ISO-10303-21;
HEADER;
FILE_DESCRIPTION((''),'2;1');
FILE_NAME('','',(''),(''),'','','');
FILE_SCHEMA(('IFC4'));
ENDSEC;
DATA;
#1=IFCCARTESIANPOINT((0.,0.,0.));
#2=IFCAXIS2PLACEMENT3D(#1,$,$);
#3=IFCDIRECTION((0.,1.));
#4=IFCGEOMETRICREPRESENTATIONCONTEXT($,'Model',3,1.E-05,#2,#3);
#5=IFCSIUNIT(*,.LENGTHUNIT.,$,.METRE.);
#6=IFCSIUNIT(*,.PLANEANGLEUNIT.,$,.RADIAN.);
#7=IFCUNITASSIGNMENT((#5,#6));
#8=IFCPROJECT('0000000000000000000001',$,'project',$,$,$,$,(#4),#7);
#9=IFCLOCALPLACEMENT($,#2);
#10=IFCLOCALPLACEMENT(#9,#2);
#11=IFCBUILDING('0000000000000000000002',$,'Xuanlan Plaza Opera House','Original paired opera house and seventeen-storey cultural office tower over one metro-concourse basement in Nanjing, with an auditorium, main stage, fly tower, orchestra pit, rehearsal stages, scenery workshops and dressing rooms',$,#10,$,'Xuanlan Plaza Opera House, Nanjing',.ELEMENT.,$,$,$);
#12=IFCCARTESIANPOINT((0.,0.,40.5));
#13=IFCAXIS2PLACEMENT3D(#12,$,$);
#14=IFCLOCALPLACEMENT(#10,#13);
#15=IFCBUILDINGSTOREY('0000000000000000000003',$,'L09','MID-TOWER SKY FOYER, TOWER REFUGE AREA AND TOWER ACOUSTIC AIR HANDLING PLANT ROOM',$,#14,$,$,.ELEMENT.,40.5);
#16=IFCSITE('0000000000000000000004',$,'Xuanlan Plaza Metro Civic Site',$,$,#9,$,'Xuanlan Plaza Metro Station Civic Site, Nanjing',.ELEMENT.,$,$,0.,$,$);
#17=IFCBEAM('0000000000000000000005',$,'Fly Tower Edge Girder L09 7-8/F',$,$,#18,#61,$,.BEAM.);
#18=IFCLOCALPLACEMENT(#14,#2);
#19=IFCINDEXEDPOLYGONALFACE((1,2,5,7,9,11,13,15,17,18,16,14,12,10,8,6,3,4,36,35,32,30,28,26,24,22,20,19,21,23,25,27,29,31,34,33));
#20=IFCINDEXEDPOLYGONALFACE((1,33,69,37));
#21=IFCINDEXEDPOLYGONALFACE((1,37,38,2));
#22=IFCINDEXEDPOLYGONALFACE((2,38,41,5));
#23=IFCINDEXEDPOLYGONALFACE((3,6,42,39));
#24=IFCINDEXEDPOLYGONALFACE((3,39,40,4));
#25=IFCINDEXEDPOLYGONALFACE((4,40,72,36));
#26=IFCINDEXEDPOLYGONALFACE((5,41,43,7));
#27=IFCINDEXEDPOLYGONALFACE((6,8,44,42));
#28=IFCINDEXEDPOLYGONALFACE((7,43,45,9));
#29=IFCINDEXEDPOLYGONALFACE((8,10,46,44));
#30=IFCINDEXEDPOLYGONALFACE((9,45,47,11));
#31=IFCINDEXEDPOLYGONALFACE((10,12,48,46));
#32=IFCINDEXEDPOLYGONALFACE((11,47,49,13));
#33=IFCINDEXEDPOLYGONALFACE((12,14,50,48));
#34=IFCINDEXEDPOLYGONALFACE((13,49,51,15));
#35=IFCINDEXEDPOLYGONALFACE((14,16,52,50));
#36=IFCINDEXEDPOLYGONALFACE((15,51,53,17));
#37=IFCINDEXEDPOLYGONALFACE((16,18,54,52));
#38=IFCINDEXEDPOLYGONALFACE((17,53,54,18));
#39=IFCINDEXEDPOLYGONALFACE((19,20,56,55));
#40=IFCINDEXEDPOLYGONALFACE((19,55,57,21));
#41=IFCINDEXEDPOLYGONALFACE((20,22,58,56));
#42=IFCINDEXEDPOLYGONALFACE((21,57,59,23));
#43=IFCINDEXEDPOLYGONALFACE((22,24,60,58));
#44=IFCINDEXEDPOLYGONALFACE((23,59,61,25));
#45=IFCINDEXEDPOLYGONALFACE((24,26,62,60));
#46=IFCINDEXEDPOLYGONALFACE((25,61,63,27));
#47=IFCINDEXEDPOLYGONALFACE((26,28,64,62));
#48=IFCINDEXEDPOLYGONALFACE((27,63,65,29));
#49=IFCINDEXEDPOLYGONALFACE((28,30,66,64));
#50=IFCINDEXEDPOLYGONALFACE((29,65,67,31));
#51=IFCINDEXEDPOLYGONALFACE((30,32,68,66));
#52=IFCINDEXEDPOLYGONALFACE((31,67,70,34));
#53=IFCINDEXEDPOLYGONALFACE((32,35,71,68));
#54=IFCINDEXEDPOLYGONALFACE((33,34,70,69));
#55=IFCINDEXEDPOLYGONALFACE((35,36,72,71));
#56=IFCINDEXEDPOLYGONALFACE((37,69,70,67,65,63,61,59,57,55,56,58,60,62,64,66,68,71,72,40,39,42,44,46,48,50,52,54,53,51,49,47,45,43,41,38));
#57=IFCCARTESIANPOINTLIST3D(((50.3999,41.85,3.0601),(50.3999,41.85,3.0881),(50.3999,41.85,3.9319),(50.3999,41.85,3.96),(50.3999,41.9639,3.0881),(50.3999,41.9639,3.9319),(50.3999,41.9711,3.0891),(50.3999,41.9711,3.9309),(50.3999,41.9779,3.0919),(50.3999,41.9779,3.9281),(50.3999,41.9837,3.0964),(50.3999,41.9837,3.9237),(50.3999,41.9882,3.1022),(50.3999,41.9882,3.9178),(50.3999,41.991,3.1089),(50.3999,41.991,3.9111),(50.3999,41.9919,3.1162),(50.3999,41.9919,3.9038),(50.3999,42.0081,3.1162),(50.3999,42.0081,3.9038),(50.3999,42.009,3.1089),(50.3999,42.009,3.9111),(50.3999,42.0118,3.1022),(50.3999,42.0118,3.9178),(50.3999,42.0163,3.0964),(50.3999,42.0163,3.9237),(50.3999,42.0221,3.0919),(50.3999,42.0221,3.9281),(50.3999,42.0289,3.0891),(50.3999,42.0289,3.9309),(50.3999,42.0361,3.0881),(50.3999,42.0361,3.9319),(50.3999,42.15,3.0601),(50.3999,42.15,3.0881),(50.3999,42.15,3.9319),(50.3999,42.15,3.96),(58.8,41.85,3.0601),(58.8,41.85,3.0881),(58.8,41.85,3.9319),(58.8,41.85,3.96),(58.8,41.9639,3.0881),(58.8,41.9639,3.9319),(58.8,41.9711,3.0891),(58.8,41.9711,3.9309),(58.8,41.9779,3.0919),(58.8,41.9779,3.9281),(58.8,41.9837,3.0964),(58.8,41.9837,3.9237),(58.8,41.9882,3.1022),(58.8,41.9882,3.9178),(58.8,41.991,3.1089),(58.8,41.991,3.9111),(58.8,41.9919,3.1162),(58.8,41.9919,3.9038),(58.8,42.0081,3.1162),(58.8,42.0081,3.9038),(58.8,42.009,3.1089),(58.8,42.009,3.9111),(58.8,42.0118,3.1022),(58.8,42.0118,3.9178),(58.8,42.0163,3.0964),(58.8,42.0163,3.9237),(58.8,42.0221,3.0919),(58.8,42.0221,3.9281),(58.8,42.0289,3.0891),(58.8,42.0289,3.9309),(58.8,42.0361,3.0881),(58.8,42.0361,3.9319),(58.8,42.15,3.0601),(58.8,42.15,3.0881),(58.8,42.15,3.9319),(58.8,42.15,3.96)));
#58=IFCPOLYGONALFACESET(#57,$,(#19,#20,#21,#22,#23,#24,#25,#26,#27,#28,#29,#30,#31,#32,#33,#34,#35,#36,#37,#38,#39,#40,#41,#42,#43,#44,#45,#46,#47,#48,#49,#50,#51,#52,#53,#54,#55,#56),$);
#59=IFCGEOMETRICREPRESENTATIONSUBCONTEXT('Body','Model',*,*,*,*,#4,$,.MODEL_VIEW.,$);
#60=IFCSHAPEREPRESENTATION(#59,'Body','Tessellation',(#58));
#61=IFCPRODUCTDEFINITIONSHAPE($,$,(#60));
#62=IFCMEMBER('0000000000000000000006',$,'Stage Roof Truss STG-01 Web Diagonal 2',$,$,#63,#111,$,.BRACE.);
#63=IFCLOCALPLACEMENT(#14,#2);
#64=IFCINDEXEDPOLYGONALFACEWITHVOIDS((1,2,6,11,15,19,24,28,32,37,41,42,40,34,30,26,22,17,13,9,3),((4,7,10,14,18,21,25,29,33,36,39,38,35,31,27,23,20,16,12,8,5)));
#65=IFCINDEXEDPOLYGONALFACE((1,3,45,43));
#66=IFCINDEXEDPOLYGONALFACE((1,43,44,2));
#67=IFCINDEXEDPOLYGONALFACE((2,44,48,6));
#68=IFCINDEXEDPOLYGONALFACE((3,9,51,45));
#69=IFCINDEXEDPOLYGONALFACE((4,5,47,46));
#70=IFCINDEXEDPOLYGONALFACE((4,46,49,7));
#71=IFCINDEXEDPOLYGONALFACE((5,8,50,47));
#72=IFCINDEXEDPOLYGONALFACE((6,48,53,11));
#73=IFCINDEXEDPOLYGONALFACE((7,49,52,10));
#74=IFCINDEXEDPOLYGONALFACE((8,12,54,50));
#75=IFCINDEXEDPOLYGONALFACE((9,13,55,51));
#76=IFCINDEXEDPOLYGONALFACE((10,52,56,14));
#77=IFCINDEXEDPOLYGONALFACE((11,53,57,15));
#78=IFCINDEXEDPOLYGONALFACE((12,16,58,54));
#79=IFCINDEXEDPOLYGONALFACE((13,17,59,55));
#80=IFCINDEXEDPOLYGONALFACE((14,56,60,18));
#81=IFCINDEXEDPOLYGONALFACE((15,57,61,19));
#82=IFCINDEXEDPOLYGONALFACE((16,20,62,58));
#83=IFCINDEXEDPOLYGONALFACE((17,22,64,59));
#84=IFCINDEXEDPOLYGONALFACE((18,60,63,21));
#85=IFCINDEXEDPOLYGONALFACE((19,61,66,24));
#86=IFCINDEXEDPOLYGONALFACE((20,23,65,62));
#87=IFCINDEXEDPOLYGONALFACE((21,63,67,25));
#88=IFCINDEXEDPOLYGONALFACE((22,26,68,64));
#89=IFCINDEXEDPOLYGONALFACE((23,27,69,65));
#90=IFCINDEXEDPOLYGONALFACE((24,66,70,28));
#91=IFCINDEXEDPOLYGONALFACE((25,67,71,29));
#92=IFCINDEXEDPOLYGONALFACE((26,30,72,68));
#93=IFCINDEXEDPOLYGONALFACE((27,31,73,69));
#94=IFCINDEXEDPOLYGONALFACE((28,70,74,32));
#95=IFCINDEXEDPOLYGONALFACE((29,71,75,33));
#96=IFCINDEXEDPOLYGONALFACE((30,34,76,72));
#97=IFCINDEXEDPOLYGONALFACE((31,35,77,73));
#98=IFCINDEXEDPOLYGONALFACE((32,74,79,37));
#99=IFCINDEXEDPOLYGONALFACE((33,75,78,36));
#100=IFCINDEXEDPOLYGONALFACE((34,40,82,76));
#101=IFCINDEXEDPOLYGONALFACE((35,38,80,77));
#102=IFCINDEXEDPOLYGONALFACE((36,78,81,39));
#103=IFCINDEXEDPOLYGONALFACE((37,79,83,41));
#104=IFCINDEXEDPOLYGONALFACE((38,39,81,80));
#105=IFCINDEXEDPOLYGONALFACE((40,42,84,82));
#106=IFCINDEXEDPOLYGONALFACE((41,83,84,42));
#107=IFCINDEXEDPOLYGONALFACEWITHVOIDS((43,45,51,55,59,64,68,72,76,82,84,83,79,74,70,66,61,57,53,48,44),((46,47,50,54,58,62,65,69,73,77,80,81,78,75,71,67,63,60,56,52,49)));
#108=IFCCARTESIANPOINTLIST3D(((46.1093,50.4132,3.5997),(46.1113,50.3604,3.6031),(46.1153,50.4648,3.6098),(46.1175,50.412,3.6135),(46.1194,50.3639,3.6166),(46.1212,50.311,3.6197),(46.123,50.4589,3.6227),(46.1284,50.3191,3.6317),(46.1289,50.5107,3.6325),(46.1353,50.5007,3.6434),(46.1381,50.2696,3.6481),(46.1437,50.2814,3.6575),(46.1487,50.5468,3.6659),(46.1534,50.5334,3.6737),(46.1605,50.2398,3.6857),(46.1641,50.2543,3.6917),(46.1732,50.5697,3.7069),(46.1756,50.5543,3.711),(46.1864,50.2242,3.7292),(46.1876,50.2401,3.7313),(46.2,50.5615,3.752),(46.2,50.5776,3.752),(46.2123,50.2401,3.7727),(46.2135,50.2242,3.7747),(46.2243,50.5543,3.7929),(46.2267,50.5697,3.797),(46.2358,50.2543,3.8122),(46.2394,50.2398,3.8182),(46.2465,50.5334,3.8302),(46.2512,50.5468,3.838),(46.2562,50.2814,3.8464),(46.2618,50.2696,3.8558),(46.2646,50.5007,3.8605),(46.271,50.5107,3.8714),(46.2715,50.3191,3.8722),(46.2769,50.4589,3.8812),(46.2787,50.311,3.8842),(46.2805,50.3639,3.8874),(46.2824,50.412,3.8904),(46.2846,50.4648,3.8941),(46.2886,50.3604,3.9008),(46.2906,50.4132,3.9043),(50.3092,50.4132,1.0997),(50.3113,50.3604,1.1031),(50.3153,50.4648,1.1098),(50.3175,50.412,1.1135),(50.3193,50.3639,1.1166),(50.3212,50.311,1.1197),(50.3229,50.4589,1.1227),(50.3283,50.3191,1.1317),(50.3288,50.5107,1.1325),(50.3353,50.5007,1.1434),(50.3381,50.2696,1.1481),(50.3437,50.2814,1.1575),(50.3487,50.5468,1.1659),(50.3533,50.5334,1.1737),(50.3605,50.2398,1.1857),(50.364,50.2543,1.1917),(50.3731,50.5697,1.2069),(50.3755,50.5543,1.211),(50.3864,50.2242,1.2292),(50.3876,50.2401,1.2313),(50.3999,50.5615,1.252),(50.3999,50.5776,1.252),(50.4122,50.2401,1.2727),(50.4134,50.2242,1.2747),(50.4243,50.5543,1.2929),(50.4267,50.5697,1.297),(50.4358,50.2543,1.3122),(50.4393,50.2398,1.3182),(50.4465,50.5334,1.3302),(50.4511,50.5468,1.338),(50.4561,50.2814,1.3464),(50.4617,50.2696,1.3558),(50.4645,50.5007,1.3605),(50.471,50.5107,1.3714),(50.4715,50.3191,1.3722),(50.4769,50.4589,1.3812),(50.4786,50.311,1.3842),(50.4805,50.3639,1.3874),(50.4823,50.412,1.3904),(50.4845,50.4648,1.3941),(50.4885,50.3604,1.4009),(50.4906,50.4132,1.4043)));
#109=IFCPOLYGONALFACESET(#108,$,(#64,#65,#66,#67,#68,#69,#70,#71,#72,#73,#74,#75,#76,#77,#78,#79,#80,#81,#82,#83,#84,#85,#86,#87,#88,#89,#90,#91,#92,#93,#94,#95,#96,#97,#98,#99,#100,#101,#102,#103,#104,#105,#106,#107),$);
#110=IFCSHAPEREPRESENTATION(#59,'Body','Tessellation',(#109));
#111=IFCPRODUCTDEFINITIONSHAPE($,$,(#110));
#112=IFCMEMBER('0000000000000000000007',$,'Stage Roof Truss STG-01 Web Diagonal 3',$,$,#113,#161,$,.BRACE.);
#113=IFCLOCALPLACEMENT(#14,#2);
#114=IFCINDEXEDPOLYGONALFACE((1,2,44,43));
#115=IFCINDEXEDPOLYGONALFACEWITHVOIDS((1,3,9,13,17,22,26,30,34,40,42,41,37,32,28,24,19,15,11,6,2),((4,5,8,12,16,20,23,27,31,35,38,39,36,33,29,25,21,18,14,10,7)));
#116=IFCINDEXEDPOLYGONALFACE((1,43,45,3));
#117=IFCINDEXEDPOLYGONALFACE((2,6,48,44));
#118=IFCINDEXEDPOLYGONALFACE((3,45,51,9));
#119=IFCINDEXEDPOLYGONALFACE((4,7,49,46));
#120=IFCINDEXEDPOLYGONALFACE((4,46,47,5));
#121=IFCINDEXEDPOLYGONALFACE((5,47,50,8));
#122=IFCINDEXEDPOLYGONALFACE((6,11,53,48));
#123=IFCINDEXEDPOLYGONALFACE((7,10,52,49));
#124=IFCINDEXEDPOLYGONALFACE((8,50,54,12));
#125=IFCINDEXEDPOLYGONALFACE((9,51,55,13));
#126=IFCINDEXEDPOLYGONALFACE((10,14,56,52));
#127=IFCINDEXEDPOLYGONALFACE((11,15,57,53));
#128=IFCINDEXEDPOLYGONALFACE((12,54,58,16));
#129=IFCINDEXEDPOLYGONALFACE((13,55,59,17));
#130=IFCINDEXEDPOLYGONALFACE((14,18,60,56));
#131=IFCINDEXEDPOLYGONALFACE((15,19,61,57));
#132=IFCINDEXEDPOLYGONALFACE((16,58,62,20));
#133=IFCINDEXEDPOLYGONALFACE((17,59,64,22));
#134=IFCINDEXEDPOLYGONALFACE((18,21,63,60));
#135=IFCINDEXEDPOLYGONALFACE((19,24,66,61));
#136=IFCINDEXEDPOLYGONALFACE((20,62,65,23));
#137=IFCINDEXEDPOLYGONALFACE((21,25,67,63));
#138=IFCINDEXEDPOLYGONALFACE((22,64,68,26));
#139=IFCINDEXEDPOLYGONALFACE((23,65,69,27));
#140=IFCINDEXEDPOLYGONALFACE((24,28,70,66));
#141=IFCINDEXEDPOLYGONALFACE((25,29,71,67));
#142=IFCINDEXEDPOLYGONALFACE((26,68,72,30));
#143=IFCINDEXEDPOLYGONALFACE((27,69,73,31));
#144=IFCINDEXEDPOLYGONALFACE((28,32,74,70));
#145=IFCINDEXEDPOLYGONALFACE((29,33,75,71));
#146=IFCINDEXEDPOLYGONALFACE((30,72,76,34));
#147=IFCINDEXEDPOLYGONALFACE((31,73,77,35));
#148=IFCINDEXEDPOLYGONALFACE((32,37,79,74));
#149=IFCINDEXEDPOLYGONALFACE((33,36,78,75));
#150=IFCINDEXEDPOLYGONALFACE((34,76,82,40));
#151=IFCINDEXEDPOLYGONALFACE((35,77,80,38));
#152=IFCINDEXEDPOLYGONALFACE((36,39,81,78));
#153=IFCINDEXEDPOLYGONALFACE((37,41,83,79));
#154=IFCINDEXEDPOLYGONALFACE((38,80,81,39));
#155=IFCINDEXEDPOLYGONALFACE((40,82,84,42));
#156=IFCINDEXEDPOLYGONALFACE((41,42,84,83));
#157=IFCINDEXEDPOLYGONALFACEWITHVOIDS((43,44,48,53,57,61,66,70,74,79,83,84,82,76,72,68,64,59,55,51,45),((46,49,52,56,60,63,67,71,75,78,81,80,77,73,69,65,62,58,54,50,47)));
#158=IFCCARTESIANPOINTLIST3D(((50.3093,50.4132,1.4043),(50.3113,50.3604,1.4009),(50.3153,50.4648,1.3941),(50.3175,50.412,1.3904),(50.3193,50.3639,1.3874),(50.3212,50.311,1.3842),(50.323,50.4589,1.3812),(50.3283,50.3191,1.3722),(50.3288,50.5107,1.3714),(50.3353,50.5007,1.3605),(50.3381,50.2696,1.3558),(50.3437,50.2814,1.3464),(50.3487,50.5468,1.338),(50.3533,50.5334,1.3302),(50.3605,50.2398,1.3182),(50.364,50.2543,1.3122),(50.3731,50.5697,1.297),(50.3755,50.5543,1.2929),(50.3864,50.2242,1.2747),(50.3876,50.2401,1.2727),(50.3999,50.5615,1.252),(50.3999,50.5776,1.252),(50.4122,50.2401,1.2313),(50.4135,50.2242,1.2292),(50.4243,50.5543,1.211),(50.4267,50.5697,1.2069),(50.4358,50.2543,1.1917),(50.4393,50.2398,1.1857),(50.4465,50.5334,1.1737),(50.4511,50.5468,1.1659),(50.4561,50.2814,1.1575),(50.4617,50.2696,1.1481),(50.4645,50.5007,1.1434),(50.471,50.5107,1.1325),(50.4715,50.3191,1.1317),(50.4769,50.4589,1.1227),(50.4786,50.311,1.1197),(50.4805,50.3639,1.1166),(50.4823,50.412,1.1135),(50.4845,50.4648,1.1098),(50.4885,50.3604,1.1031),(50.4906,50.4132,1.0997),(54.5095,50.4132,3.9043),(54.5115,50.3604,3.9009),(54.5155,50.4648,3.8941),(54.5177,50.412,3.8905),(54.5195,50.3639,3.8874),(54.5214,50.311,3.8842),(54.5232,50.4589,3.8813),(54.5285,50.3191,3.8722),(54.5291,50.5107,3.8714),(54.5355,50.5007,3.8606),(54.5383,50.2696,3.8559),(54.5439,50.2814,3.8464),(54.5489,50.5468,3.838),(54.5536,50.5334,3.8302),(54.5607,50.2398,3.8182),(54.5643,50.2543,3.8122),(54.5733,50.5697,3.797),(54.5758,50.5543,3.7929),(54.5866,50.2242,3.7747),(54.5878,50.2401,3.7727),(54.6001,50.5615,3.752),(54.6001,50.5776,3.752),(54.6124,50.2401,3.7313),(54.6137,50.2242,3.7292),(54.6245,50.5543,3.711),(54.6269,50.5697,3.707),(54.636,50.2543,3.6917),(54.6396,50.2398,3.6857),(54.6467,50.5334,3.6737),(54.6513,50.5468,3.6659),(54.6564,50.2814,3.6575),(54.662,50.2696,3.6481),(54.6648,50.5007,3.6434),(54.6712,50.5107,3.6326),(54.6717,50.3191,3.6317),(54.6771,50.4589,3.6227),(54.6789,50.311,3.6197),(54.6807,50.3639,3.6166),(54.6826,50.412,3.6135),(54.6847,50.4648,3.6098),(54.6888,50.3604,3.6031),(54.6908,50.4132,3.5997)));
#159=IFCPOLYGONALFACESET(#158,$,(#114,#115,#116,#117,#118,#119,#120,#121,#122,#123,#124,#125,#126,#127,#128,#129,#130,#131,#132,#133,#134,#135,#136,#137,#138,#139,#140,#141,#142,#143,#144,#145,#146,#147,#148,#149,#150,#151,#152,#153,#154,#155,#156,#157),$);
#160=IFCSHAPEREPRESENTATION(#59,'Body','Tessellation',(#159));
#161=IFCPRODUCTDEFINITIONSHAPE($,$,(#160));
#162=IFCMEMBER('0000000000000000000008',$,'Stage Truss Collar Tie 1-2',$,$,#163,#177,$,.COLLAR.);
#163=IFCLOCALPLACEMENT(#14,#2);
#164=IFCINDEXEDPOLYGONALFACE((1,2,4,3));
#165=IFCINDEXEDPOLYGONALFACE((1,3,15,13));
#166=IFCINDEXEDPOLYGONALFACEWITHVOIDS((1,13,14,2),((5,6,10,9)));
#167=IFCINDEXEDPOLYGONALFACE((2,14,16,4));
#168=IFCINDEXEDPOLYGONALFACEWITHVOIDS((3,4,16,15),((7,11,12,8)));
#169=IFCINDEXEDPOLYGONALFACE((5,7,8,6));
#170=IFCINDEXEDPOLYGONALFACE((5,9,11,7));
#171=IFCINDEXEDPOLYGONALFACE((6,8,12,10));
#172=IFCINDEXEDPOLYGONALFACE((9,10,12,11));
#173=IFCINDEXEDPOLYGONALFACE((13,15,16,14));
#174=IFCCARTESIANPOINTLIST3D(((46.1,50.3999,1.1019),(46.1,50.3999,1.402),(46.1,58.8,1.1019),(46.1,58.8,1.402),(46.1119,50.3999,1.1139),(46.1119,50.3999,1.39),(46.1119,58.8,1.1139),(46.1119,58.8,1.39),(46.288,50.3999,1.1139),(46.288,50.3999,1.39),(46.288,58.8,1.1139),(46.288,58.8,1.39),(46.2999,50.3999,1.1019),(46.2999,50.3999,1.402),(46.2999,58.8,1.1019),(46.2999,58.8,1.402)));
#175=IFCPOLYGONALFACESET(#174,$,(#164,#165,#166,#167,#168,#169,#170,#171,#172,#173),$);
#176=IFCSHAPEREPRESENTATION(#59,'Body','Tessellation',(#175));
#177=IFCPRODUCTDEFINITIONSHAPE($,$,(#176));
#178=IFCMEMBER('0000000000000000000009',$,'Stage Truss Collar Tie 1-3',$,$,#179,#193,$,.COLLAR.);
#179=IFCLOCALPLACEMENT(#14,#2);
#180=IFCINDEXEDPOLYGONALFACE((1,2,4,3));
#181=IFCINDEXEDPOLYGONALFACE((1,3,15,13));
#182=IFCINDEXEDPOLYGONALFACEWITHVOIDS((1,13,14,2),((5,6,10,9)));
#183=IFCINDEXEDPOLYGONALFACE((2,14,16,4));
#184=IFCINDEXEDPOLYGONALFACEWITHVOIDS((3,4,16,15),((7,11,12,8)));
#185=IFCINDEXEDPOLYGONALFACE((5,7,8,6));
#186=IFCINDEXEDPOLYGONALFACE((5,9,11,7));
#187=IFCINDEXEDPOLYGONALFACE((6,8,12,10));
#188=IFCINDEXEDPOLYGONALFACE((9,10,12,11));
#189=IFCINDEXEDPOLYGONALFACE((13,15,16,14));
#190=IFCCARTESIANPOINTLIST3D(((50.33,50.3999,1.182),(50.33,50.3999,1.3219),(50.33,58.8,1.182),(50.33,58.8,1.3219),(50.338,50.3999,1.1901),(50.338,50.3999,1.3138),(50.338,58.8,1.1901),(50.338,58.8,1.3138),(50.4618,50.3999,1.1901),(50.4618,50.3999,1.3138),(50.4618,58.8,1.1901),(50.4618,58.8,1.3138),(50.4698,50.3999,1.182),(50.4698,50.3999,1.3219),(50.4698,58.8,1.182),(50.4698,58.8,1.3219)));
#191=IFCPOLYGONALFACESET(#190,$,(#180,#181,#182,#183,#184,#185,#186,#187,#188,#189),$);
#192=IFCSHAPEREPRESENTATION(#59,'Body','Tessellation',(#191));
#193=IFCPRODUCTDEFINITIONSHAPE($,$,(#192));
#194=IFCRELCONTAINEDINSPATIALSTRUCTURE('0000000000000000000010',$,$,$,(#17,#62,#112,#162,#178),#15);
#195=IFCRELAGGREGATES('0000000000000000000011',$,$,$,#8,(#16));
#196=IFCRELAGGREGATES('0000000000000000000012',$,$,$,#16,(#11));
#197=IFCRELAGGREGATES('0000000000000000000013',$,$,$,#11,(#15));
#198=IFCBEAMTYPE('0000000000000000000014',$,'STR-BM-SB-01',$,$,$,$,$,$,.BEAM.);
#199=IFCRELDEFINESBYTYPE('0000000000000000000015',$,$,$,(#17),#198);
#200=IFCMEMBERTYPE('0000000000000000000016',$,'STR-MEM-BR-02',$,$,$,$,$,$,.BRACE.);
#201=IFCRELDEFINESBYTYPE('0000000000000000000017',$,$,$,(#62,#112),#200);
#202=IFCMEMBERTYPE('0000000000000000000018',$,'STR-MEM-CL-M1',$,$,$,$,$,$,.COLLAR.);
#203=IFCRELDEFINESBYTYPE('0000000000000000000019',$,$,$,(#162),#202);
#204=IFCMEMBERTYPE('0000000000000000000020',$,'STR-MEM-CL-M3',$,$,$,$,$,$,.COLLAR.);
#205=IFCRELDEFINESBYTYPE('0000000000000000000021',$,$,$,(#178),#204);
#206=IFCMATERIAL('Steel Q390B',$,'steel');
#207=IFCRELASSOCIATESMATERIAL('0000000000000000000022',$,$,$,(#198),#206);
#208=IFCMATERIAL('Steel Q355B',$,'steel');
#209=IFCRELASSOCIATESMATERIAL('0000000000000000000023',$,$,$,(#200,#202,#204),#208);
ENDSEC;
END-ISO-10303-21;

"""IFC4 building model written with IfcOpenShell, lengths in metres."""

from ifc_helpers import new_model, si_unit, direction, frame, origin, origin_2d, place, context, subcontext, project, spatial, hollow_rectangle, hollow_circle, i_section, extrude, material, material_profile, profile_set, type_object, element, save


model = new_model("IFC4")

# Units and contexts
model_context = context("Model", 3, precision=1e-05, world=origin(), true_north=direction((0.0, 1.0)))
body_context = subcontext(model_context, "Body", "Model", "MODEL_VIEW")
ifc_project = project(units=[si_unit("LENGTHUNIT", "METRE"), si_unit("PLANEANGLEUNIT", "RADIAN")], contexts=[model_context])

# Site, building, storey
site_placement = place(None, origin())
site = spatial("IfcSite", under=ifc_project, at=site_placement, Name="Xuanlan Plaza Metro Civic Site", LongName="Xuanlan Plaza Metro Station Civic Site, Nanjing", CompositionType="ELEMENT", RefElevation=0.0)
building_placement = place(site_placement, origin())
building = spatial("IfcBuilding", under=site, at=building_placement, Name="Xuanlan Plaza Opera House", Description="Original paired opera house and seventeen-storey cultural office tower over one metro-concourse basement in Nanjing, with an auditorium, main stage, fly tower, orchestra pit, rehearsal stages, scenery workshops and dressing rooms", LongName="Xuanlan Plaza Opera House, Nanjing", CompositionType="ELEMENT")
storey_placement = place(building_placement, frame((0.0, 0.0, 40.5)))
storey = spatial("IfcBuildingStorey", under=building, at=storey_placement, Name="L09", Description="MID-TOWER SKY FOYER, TOWER REFUGE AREA AND TOWER ACOUSTIC AIR HANDLING PLANT ROOM", CompositionType="ELEMENT", Elevation=40.5)

# Beam
ifc_material_1 = material(Name="Steel Q390B", Category="steel")
ifc_material_profile_1 = material_profile(ifc_material_1, i_section(OverallWidth=0.3, OverallDepth=0.8999, WebThickness=0.0161, FlangeThickness=0.0281, FilletRadius=0.0281, at=origin_2d()), Name="HN 900x300x16x28")
ifc_profile_set_1 = profile_set([ifc_material_profile_1], Name="Steel Q390B")
beam_type = type_object("IfcBeamType", Name="STR-BM-SB-01", PredefinedType="BEAM", material=ifc_profile_set_1)
beam_placement = place(storey_placement, frame((50.3999, 42.0, 3.51), z_axis=(1.0, 0.0, 0.0), x_axis=(0.0, 1.0, 0.0)))
element("IfcBeam", 1, at=beam_placement, inside=storey, type_object=beam_type, Name="Fly Tower Edge Girder L09 7-8/F", PredefinedType="BEAM", context=body_context, shape_type="SweptSolid", body=[
    extrude(i_section(OverallWidth=0.3, OverallDepth=0.8999, WebThickness=0.0161, FlangeThickness=0.0281, FilletRadius=0.0281, at=origin_2d()), origin(), (0.0, 0.0, 1.0), 8.4001),
])

# Members
ifc_material_2 = material(Name="Steel Q355B", Category="steel")
ifc_material_profile_2 = material_profile(ifc_material_2, hollow_circle(Radius=0.1777, WallThickness=0.0161, at=origin_2d()), Name="CHS 355.6x16")
ifc_profile_set_2 = profile_set([ifc_material_profile_2], Name="Steel Q355B")
member_type_1 = type_object("IfcMemberType", Name="STR-MEM-BR-02", PredefinedType="BRACE", material=ifc_profile_set_2)
member_1_placement = place(storey_placement, frame((46.2, 50.3999, 3.752), z_axis=(0.85929, 0.0, -0.511488), x_axis=(0.0, 1.0, 0.0)))
element("IfcMember", 2, at=member_1_placement, inside=storey, type_object=member_type_1, Name="Stage Roof Truss STG-01 Web Diagonal 2", PredefinedType="BRACE", context=body_context, shape_type="SweptSolid", body=[
    extrude(hollow_circle(Radius=0.1777, WallThickness=0.0161, at=origin_2d()), origin(), (0.0, 0.0, 1.0), 4.8877),
])
member_2_placement = place(storey_placement, frame((50.3999, 50.3999, 1.252), z_axis=(0.859303, 0.0, 0.511466), x_axis=(0.0, 1.0, 0.0)))
element("IfcMember", 3, at=member_2_placement, inside=storey, type_object=member_type_1, Name="Stage Roof Truss STG-01 Web Diagonal 3", PredefinedType="BRACE", context=body_context, shape_type="SweptSolid", body=[
    extrude(hollow_circle(Radius=0.1777, WallThickness=0.0161, at=origin_2d()), origin(), (0.0, 0.0, 1.0), 4.8879),
])
ifc_material_profile_3 = material_profile(ifc_material_2, hollow_rectangle(XDim=0.2, YDim=0.3, WallThickness=0.012, at=origin_2d()), Name="RHS 300x200x12")
ifc_profile_set_3 = profile_set([ifc_material_profile_3], Name="Steel Q355B")
member_type_2 = type_object("IfcMemberType", Name="STR-MEM-CL-M1", PredefinedType="COLLAR", material=ifc_profile_set_3)
member_3_placement = place(storey_placement, frame((46.2, 50.3999, 1.252), z_axis=(0.0, 1.0, 0.0), x_axis=(-1.0, 0.0, 0.0)))
element("IfcMember", 4, at=member_3_placement, inside=storey, type_object=member_type_2, Name="Stage Truss Collar Tie 1-2", PredefinedType="COLLAR", context=body_context, shape_type="SweptSolid", body=[
    extrude(hollow_rectangle(XDim=0.2, YDim=0.3, WallThickness=0.012, at=origin_2d()), origin(), (0.0, 0.0, 1.0), 8.4001),
])
ifc_material_profile_4 = material_profile(ifc_material_2, hollow_rectangle(XDim=0.1399, YDim=0.1399, WallThickness=0.0081, at=origin_2d()), Name="SHS 140x140x8")
ifc_profile_set_4 = profile_set([ifc_material_profile_4], Name="Steel Q355B")
member_type_3 = type_object("IfcMemberType", Name="STR-MEM-CL-M3", PredefinedType="COLLAR", material=ifc_profile_set_4)
member_4_placement = place(storey_placement, frame((50.3999, 50.3999, 1.252), z_axis=(0.0, 1.0, 0.0), x_axis=(-1.0, 0.0, 0.0)))
element("IfcMember", 5, at=member_4_placement, inside=storey, type_object=member_type_3, Name="Stage Truss Collar Tie 1-3", PredefinedType="COLLAR", context=body_context, shape_type="SweptSolid", body=[
    extrude(hollow_rectangle(XDim=0.1399, YDim=0.1399, WallThickness=0.0081, at=origin_2d()), origin(), (0.0, 0.0, 1.0), 8.4001),
])

save(model, "model.ifc")
